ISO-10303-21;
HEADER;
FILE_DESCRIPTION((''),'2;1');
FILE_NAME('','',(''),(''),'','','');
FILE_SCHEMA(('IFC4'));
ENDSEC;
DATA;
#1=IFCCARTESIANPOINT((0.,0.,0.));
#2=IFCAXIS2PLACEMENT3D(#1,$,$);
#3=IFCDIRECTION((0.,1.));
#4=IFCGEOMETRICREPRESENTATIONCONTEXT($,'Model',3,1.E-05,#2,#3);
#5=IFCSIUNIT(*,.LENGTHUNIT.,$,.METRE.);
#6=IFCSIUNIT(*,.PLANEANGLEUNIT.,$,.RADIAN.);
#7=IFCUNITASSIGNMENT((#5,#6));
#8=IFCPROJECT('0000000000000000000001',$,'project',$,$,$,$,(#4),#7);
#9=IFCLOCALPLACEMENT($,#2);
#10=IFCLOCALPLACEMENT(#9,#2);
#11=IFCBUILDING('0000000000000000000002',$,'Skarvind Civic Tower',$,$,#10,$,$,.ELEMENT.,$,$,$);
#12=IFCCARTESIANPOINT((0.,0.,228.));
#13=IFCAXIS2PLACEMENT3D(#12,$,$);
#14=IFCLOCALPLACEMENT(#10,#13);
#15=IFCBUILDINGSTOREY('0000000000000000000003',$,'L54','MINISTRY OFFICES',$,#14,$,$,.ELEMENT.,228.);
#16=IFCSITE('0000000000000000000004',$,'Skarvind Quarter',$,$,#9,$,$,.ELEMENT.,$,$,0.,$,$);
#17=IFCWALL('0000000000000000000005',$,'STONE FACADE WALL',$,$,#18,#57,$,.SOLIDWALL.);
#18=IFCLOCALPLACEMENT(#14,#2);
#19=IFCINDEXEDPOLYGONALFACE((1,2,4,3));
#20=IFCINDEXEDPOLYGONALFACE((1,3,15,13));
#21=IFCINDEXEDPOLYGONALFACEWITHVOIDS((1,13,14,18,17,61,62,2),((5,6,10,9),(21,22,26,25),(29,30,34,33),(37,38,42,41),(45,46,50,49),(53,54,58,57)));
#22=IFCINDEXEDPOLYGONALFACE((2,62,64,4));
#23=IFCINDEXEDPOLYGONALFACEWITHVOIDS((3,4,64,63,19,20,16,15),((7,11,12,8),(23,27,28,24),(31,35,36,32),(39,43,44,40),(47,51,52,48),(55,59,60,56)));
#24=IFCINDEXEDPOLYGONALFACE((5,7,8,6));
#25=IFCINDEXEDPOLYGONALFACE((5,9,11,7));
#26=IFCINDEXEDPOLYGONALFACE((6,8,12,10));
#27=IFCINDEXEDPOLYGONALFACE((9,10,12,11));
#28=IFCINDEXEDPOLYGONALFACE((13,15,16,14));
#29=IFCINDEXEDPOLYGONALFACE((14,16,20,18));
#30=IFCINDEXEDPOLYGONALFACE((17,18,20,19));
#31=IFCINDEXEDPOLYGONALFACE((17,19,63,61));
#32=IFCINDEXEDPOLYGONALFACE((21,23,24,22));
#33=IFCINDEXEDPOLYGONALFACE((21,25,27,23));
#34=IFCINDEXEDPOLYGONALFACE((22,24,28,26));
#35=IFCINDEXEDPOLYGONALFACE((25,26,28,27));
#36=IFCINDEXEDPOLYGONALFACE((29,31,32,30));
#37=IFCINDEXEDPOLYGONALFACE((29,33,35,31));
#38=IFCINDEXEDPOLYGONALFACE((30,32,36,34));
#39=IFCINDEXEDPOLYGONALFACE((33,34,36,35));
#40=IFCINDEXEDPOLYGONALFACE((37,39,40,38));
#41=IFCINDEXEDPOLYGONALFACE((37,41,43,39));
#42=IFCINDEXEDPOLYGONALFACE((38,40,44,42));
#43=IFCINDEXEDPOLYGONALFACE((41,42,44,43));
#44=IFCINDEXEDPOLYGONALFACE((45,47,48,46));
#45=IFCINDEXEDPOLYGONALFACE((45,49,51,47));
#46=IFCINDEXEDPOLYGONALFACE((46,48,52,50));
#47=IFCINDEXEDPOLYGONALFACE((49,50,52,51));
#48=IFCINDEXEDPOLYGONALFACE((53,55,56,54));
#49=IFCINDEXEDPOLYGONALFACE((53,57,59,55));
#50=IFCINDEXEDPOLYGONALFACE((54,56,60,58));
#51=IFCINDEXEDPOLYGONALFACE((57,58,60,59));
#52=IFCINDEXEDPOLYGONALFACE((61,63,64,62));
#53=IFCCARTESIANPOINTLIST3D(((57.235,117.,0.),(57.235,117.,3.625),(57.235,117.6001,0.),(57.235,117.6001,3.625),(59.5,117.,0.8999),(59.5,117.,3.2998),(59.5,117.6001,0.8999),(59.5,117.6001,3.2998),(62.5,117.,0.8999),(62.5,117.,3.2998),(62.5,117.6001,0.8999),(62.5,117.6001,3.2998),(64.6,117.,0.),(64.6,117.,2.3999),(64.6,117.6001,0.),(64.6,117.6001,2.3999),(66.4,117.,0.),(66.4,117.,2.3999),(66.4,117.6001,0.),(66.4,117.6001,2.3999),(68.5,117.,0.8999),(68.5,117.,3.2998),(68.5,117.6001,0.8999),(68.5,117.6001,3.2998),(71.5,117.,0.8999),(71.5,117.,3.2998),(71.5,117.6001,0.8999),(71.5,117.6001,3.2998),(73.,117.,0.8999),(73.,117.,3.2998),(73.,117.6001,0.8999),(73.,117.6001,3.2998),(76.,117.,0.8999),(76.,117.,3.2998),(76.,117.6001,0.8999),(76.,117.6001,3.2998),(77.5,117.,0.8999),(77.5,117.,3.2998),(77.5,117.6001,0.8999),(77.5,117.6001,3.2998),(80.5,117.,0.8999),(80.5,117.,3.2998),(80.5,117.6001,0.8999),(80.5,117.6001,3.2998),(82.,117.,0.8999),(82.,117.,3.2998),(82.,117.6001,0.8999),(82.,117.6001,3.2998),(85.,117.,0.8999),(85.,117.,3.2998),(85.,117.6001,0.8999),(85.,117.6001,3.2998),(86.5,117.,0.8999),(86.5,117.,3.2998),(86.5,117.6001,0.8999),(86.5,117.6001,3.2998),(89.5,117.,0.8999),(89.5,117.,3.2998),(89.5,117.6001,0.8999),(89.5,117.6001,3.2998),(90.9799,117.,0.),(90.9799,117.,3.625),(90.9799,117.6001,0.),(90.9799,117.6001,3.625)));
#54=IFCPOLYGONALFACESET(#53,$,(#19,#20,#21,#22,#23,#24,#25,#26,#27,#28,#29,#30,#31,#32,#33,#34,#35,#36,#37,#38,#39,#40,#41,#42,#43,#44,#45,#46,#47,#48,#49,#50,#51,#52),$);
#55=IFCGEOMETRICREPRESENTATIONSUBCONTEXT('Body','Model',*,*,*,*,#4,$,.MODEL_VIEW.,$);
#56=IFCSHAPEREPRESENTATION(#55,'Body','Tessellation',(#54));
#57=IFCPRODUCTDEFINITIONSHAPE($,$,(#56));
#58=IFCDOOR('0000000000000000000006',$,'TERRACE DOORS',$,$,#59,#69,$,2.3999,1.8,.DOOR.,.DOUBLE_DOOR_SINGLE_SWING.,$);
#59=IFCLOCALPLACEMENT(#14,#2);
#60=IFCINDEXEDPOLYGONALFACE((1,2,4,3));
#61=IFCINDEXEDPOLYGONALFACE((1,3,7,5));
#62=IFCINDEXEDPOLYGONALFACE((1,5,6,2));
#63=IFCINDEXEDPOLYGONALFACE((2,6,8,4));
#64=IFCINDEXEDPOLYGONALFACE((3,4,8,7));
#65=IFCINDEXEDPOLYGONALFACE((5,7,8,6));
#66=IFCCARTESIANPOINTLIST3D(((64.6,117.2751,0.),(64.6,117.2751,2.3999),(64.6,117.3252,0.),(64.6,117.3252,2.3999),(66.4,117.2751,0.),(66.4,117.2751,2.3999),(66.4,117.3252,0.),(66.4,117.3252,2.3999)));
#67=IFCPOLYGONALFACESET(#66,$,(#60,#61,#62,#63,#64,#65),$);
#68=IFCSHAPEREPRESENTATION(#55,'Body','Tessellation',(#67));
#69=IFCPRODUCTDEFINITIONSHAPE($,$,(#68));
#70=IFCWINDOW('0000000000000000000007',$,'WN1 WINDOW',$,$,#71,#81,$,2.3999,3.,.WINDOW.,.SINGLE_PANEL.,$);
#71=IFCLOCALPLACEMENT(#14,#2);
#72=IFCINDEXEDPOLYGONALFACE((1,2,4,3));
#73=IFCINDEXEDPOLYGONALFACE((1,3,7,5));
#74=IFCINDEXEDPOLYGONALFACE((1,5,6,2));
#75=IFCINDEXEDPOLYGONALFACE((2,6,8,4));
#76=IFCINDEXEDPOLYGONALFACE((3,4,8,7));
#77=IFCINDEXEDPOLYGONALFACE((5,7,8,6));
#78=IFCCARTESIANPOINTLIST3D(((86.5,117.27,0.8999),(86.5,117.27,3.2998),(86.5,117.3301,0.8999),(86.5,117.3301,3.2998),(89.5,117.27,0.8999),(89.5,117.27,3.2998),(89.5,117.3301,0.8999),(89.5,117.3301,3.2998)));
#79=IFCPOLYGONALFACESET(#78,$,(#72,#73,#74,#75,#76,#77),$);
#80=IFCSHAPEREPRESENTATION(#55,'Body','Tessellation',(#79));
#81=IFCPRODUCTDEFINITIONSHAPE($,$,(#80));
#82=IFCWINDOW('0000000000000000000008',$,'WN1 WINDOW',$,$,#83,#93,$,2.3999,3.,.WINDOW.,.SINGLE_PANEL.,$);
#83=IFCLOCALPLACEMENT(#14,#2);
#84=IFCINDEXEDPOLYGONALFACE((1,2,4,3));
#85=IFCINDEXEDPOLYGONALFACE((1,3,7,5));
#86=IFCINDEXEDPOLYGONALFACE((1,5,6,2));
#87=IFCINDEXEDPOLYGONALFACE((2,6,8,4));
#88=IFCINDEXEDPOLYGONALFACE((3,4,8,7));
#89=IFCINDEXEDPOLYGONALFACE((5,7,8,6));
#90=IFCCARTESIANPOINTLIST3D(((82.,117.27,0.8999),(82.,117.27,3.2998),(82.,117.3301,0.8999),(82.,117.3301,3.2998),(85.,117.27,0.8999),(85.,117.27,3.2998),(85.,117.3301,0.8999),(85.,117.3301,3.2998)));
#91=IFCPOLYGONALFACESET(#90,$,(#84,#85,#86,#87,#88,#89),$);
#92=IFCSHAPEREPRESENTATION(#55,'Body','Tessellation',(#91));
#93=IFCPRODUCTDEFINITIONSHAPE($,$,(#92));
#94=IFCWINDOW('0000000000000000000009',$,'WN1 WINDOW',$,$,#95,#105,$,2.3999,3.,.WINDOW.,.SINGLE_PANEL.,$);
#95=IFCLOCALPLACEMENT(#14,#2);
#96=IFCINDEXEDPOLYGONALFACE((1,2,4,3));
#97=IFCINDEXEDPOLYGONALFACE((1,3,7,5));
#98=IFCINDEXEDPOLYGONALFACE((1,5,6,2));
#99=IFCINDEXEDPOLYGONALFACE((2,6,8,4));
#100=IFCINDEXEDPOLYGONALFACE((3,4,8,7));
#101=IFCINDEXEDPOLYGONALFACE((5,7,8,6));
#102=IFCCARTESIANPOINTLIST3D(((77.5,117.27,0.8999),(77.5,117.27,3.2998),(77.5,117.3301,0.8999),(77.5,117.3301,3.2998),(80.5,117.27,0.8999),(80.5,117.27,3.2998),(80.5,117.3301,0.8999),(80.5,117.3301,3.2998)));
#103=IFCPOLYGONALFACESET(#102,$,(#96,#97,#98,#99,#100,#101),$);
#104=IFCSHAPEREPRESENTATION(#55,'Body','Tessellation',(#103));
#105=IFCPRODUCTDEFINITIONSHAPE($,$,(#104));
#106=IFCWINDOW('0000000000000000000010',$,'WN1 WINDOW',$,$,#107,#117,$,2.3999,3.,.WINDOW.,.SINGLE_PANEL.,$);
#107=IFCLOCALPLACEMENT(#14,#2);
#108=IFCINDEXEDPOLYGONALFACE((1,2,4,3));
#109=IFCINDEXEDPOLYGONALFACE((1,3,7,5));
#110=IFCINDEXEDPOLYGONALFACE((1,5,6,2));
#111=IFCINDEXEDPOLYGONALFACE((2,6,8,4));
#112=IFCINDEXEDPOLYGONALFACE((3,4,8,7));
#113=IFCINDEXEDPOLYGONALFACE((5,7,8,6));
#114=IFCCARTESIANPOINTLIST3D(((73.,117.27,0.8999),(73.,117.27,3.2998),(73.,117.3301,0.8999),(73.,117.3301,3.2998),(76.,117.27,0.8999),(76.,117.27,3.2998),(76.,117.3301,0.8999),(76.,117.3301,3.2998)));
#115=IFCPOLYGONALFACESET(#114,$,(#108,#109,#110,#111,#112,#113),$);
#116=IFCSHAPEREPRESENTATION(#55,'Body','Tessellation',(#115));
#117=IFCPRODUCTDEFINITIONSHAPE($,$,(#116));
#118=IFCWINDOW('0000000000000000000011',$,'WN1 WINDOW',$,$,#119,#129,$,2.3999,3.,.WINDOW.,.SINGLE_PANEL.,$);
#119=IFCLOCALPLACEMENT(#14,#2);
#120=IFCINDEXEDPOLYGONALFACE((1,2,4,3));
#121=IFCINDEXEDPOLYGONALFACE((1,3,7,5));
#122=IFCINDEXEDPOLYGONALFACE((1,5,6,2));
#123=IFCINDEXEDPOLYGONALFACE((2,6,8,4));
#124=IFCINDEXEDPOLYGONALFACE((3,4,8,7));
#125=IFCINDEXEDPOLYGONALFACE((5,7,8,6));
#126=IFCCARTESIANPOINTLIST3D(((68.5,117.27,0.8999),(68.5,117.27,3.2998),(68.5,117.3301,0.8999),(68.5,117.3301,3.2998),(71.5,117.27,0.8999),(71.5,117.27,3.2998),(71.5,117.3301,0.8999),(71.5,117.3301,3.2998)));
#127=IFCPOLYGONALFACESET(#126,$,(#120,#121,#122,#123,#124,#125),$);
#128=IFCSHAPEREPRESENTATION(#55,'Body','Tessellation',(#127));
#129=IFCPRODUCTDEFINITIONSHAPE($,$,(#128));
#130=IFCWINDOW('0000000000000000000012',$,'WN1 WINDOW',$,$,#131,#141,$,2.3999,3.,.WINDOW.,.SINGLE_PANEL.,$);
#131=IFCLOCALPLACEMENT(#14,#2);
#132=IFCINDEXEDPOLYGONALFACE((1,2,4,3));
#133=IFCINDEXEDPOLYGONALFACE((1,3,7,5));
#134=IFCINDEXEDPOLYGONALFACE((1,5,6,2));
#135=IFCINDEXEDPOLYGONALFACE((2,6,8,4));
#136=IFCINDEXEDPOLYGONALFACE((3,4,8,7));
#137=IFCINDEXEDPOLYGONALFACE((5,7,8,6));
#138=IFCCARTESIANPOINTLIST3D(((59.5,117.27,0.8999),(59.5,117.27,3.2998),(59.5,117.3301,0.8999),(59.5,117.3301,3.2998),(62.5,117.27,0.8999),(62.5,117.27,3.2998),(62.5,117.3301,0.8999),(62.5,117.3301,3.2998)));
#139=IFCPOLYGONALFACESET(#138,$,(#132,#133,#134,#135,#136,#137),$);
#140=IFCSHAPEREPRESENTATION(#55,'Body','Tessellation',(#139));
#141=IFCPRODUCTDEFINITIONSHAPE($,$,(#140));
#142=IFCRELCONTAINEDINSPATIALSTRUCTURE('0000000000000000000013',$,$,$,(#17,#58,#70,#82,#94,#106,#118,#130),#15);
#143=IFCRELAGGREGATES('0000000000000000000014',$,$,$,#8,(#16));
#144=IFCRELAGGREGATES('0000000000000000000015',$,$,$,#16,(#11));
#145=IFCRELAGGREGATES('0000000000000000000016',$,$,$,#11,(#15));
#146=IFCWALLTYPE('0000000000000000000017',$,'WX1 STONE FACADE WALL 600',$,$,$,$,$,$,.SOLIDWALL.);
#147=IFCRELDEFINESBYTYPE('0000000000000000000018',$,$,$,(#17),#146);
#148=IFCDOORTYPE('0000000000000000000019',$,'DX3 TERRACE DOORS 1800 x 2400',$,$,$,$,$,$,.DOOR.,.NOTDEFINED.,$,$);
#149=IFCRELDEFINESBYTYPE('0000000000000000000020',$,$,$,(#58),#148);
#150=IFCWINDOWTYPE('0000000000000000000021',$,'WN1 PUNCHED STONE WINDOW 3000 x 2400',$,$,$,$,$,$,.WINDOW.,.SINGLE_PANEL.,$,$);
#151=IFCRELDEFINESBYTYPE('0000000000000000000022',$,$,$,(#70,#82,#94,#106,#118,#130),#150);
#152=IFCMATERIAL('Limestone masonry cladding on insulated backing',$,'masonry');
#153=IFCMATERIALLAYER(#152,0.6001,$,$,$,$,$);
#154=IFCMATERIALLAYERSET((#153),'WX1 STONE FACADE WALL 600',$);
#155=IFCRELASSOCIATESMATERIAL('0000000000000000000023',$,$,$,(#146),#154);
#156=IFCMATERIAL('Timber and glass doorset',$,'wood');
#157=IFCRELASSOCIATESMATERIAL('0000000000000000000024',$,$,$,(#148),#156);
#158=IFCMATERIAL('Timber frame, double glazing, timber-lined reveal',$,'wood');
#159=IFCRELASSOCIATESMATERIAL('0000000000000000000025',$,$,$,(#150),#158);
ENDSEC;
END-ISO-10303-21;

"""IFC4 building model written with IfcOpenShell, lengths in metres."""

from ifc_helpers import new_model, si_unit, direction, frame, frame_2d, origin, place, context, subcontext, project, spatial, rectangle, extrude, material, layer, layer_set, type_object, element, fill, save


model = new_model("IFC4")

# Units and contexts
model_context = context("Model", 3, precision=1e-05, world=origin(), true_north=direction((0.0, 1.0)))
body_context = subcontext(model_context, "Body", "Model", "MODEL_VIEW")
ifc_project = project(units=[si_unit("LENGTHUNIT", "METRE"), si_unit("PLANEANGLEUNIT", "RADIAN")], contexts=[model_context])

# Site, building, storey
site_placement = place(None, origin())
site = spatial("IfcSite", under=ifc_project, at=site_placement, Name="Skarvind Quarter", CompositionType="ELEMENT", RefElevation=0.0)
building_placement = place(site_placement, origin())
building = spatial("IfcBuilding", under=site, at=building_placement, Name="Skarvind Civic Tower", CompositionType="ELEMENT")
storey_placement = place(building_placement, frame((0.0, 0.0, 228.0)))
storey = spatial("IfcBuildingStorey", under=building, at=storey_placement, Name="L54", Description="MINISTRY OFFICES", CompositionType="ELEMENT", Elevation=228.0)

# Wall, openings, door, windows
ifc_material_1 = material(Name="Limestone masonry cladding on insulated backing", Category="masonry")
ifc_layer_1 = layer(ifc_material_1, 0.6001)
ifc_layer_set_1 = layer_set([ifc_layer_1], Name="WX1 STONE FACADE WALL 600")
wall_type_1 = type_object("IfcWallType", Name="WX1 STONE FACADE WALL 600", PredefinedType="SOLIDWALL", material=ifc_layer_set_1)
wall_1_placement = place(storey_placement, frame((90.98, 117.3, 0.0), z_axis=(0.0, 0.0, 1.0), x_axis=(-1.0, 0.0, 0.0)))
wall_1 = element("IfcWall", 1, at=wall_1_placement, inside=storey, type_object=wall_type_1, Name="STONE FACADE WALL", PredefinedType="SOLIDWALL", context=body_context, shape_type="SweptSolid", body=[
    extrude(rectangle(XDim=33.7449, YDim=0.6001, at=frame_2d((16.8726, 0.0))), origin(), (0.0, 0.0, 1.0), 3.625),
])
opening_1_placement = place(wall_1_placement, frame((1.48, 0.0, 0.8999)))
opening_1 = element("IfcOpeningElement", 2, at=opening_1_placement, cuts=wall_1, PredefinedType="OPENING", context=body_context, shape_type="SweptSolid", body=[
    extrude(rectangle(XDim=3.0, YDim=2.3999, at=frame_2d((1.5, 1.2))), frame((0.0, 0.3101, 0.0), z_axis=(0.0, -1.0, 0.0), x_axis=(1.0, 0.0, 0.0)), (0.0, 0.0, 1.0), 0.6201),
])
opening_2_placement = place(wall_1_placement, frame((5.98, 0.0, 0.8999)))
opening_2 = element("IfcOpeningElement", 3, at=opening_2_placement, cuts=wall_1, PredefinedType="OPENING", context=body_context, shape_type="SweptSolid", body=[
    extrude(rectangle(XDim=3.0, YDim=2.3999, at=frame_2d((1.5, 1.2))), frame((0.0, 0.3101, 0.0), z_axis=(0.0, -1.0, 0.0), x_axis=(1.0, 0.0, 0.0)), (0.0, 0.0, 1.0), 0.6201),
])
opening_3_placement = place(wall_1_placement, frame((10.48, 0.0, 0.8999)))
opening_3 = element("IfcOpeningElement", 4, at=opening_3_placement, cuts=wall_1, PredefinedType="OPENING", context=body_context, shape_type="SweptSolid", body=[
    extrude(rectangle(XDim=3.0, YDim=2.3999, at=frame_2d((1.5, 1.2))), frame((0.0, 0.3101, 0.0), z_axis=(0.0, -1.0, 0.0), x_axis=(1.0, 0.0, 0.0)), (0.0, 0.0, 1.0), 0.6201),
])
opening_4_placement = place(wall_1_placement, frame((14.98, 0.0, 0.8999)))
opening_4 = element("IfcOpeningElement", 5, at=opening_4_placement, cuts=wall_1, PredefinedType="OPENING", context=body_context, shape_type="SweptSolid", body=[
    extrude(rectangle(XDim=3.0, YDim=2.3999, at=frame_2d((1.5, 1.2))), frame((0.0, 0.3101, 0.0), z_axis=(0.0, -1.0, 0.0), x_axis=(1.0, 0.0, 0.0)), (0.0, 0.0, 1.0), 0.6201),
])
opening_5_placement = place(wall_1_placement, frame((19.48, 0.0, 0.8999)))
opening_5 = element("IfcOpeningElement", 6, at=opening_5_placement, cuts=wall_1, PredefinedType="OPENING", context=body_context, shape_type="SweptSolid", body=[
    extrude(rectangle(XDim=3.0, YDim=2.3999, at=frame_2d((1.5, 1.2))), frame((0.0, 0.3101, 0.0), z_axis=(0.0, -1.0, 0.0), x_axis=(1.0, 0.0, 0.0)), (0.0, 0.0, 1.0), 0.6201),
])
opening_6_placement = place(wall_1_placement, frame((24.5801, 0.0, 0.0)))
opening_6 = element("IfcOpeningElement", 7, at=opening_6_placement, cuts=wall_1, PredefinedType="OPENING", context=body_context, shape_type="SweptSolid", body=[
    extrude(rectangle(XDim=1.8, YDim=2.3999, at=frame_2d((0.8999, 1.2))), frame((0.0, 0.3101, 0.0), z_axis=(0.0, -1.0, 0.0), x_axis=(1.0, 0.0, 0.0)), (0.0, 0.0, 1.0), 0.6201),
])
opening_7_placement = place(wall_1_placement, frame((28.48, 0.0, 0.8999)))
opening_7 = element("IfcOpeningElement", 8, at=opening_7_placement, cuts=wall_1, PredefinedType="OPENING", context=body_context, shape_type="SweptSolid", body=[
    extrude(rectangle(XDim=3.0, YDim=2.3999, at=frame_2d((1.5, 1.2))), frame((0.0, 0.3101, 0.0), z_axis=(0.0, -1.0, 0.0), x_axis=(1.0, 0.0, 0.0)), (0.0, 0.0, 1.0), 0.6201),
])
ifc_material_2 = material(Name="Timber and glass doorset", Category="wood")
door_type_1 = type_object("IfcDoorType", Name="DX3 TERRACE DOORS 1800 x 2400", OperationType="NOTDEFINED", PredefinedType="DOOR", material=ifc_material_2)
door_1_placement = place(opening_6_placement, origin())
door_1 = element("IfcDoor", 9, at=door_1_placement, inside=storey, type_object=door_type_1, Name="TERRACE DOORS", OperationType="DOUBLE_DOOR_SINGLE_SWING", OverallHeight=2.3999, OverallWidth=1.8, PredefinedType="DOOR", context=body_context, shape_type="SweptSolid", body=[
    extrude(rectangle(XDim=1.8, YDim=2.3999, at=frame_2d((0.8999, 1.2))), frame((0.0, 0.0249, 0.0), z_axis=(0.0, -1.0, 0.0), x_axis=(1.0, 0.0, 0.0)), (0.0, 0.0, 1.0), 0.05),
])
fill(opening_6, door_1)
ifc_material_3 = material(Name="Timber frame, double glazing, timber-lined reveal", Category="wood")
window_type = type_object("IfcWindowType", Name="WN1 PUNCHED STONE WINDOW 3000 x 2400", PartitioningType="SINGLE_PANEL", PredefinedType="WINDOW", material=ifc_material_3)
window_1_placement = place(opening_1_placement, origin())
window_1 = element("IfcWindow", 10, at=window_1_placement, inside=storey, type_object=window_type, Name="WN1 WINDOW", OverallHeight=2.3999, OverallWidth=3.0, PartitioningType="SINGLE_PANEL", PredefinedType="WINDOW", context=body_context, shape_type="SweptSolid", body=[
    extrude(rectangle(XDim=3.0, YDim=2.3999, at=frame_2d((1.5, 1.2))), frame((0.0, 0.03, 0.0), z_axis=(0.0, -1.0, 0.0), x_axis=(1.0, 0.0, 0.0)), (0.0, 0.0, 1.0), 0.0601),
])
fill(opening_1, window_1)
window_2_placement = place(opening_2_placement, origin())
window_2 = element("IfcWindow", 11, at=window_2_placement, inside=storey, type_object=window_type, Name="WN1 WINDOW", OverallHeight=2.3999, OverallWidth=3.0, PartitioningType="SINGLE_PANEL", PredefinedType="WINDOW", context=body_context, shape_type="SweptSolid", body=[
    extrude(rectangle(XDim=3.0, YDim=2.3999, at=frame_2d((1.5, 1.2))), frame((0.0, 0.03, 0.0), z_axis=(0.0, -1.0, 0.0), x_axis=(1.0, 0.0, 0.0)), (0.0, 0.0, 1.0), 0.0601),
])
fill(opening_2, window_2)
window_3_placement = place(opening_3_placement, origin())
window_3 = element("IfcWindow", 12, at=window_3_placement, inside=storey, type_object=window_type, Name="WN1 WINDOW", OverallHeight=2.3999, OverallWidth=3.0, PartitioningType="SINGLE_PANEL", PredefinedType="WINDOW", context=body_context, shape_type="SweptSolid", body=[
    extrude(rectangle(XDim=3.0, YDim=2.3999, at=frame_2d((1.5, 1.2))), frame((0.0, 0.03, 0.0), z_axis=(0.0, -1.0, 0.0), x_axis=(1.0, 0.0, 0.0)), (0.0, 0.0, 1.0), 0.0601),
])
fill(opening_3, window_3)
window_4_placement = place(opening_4_placement, origin())
window_4 = element("IfcWindow", 13, at=window_4_placement, inside=storey, type_object=window_type, Name="WN1 WINDOW", OverallHeight=2.3999, OverallWidth=3.0, PartitioningType="SINGLE_PANEL", PredefinedType="WINDOW", context=body_context, shape_type="SweptSolid", body=[
    extrude(rectangle(XDim=3.0, YDim=2.3999, at=frame_2d((1.5, 1.2))), frame((0.0, 0.03, 0.0), z_axis=(0.0, -1.0, 0.0), x_axis=(1.0, 0.0, 0.0)), (0.0, 0.0, 1.0), 0.0601),
])
fill(opening_4, window_4)
window_5_placement = place(opening_5_placement, origin())
window_5 = element("IfcWindow", 14, at=window_5_placement, inside=storey, type_object=window_type, Name="WN1 WINDOW", OverallHeight=2.3999, OverallWidth=3.0, PartitioningType="SINGLE_PANEL", PredefinedType="WINDOW", context=body_context, shape_type="SweptSolid", body=[
    extrude(rectangle(XDim=3.0, YDim=2.3999, at=frame_2d((1.5, 1.2))), frame((0.0, 0.03, 0.0), z_axis=(0.0, -1.0, 0.0), x_axis=(1.0, 0.0, 0.0)), (0.0, 0.0, 1.0), 0.0601),
])
fill(opening_5, window_5)
window_6_placement = place(opening_7_placement, origin())
window_6 = element("IfcWindow", 15, at=window_6_placement, inside=storey, type_object=window_type, Name="WN1 WINDOW", OverallHeight=2.3999, OverallWidth=3.0, PartitioningType="SINGLE_PANEL", PredefinedType="WINDOW", context=body_context, shape_type="SweptSolid", body=[
    extrude(rectangle(XDim=3.0, YDim=2.3999, at=frame_2d((1.5, 1.2))), frame((0.0, 0.03, 0.0), z_axis=(0.0, -1.0, 0.0), x_axis=(1.0, 0.0, 0.0)), (0.0, 0.0, 1.0), 0.0601),
])
fill(opening_7, window_6)

save(model, "model.ifc")
